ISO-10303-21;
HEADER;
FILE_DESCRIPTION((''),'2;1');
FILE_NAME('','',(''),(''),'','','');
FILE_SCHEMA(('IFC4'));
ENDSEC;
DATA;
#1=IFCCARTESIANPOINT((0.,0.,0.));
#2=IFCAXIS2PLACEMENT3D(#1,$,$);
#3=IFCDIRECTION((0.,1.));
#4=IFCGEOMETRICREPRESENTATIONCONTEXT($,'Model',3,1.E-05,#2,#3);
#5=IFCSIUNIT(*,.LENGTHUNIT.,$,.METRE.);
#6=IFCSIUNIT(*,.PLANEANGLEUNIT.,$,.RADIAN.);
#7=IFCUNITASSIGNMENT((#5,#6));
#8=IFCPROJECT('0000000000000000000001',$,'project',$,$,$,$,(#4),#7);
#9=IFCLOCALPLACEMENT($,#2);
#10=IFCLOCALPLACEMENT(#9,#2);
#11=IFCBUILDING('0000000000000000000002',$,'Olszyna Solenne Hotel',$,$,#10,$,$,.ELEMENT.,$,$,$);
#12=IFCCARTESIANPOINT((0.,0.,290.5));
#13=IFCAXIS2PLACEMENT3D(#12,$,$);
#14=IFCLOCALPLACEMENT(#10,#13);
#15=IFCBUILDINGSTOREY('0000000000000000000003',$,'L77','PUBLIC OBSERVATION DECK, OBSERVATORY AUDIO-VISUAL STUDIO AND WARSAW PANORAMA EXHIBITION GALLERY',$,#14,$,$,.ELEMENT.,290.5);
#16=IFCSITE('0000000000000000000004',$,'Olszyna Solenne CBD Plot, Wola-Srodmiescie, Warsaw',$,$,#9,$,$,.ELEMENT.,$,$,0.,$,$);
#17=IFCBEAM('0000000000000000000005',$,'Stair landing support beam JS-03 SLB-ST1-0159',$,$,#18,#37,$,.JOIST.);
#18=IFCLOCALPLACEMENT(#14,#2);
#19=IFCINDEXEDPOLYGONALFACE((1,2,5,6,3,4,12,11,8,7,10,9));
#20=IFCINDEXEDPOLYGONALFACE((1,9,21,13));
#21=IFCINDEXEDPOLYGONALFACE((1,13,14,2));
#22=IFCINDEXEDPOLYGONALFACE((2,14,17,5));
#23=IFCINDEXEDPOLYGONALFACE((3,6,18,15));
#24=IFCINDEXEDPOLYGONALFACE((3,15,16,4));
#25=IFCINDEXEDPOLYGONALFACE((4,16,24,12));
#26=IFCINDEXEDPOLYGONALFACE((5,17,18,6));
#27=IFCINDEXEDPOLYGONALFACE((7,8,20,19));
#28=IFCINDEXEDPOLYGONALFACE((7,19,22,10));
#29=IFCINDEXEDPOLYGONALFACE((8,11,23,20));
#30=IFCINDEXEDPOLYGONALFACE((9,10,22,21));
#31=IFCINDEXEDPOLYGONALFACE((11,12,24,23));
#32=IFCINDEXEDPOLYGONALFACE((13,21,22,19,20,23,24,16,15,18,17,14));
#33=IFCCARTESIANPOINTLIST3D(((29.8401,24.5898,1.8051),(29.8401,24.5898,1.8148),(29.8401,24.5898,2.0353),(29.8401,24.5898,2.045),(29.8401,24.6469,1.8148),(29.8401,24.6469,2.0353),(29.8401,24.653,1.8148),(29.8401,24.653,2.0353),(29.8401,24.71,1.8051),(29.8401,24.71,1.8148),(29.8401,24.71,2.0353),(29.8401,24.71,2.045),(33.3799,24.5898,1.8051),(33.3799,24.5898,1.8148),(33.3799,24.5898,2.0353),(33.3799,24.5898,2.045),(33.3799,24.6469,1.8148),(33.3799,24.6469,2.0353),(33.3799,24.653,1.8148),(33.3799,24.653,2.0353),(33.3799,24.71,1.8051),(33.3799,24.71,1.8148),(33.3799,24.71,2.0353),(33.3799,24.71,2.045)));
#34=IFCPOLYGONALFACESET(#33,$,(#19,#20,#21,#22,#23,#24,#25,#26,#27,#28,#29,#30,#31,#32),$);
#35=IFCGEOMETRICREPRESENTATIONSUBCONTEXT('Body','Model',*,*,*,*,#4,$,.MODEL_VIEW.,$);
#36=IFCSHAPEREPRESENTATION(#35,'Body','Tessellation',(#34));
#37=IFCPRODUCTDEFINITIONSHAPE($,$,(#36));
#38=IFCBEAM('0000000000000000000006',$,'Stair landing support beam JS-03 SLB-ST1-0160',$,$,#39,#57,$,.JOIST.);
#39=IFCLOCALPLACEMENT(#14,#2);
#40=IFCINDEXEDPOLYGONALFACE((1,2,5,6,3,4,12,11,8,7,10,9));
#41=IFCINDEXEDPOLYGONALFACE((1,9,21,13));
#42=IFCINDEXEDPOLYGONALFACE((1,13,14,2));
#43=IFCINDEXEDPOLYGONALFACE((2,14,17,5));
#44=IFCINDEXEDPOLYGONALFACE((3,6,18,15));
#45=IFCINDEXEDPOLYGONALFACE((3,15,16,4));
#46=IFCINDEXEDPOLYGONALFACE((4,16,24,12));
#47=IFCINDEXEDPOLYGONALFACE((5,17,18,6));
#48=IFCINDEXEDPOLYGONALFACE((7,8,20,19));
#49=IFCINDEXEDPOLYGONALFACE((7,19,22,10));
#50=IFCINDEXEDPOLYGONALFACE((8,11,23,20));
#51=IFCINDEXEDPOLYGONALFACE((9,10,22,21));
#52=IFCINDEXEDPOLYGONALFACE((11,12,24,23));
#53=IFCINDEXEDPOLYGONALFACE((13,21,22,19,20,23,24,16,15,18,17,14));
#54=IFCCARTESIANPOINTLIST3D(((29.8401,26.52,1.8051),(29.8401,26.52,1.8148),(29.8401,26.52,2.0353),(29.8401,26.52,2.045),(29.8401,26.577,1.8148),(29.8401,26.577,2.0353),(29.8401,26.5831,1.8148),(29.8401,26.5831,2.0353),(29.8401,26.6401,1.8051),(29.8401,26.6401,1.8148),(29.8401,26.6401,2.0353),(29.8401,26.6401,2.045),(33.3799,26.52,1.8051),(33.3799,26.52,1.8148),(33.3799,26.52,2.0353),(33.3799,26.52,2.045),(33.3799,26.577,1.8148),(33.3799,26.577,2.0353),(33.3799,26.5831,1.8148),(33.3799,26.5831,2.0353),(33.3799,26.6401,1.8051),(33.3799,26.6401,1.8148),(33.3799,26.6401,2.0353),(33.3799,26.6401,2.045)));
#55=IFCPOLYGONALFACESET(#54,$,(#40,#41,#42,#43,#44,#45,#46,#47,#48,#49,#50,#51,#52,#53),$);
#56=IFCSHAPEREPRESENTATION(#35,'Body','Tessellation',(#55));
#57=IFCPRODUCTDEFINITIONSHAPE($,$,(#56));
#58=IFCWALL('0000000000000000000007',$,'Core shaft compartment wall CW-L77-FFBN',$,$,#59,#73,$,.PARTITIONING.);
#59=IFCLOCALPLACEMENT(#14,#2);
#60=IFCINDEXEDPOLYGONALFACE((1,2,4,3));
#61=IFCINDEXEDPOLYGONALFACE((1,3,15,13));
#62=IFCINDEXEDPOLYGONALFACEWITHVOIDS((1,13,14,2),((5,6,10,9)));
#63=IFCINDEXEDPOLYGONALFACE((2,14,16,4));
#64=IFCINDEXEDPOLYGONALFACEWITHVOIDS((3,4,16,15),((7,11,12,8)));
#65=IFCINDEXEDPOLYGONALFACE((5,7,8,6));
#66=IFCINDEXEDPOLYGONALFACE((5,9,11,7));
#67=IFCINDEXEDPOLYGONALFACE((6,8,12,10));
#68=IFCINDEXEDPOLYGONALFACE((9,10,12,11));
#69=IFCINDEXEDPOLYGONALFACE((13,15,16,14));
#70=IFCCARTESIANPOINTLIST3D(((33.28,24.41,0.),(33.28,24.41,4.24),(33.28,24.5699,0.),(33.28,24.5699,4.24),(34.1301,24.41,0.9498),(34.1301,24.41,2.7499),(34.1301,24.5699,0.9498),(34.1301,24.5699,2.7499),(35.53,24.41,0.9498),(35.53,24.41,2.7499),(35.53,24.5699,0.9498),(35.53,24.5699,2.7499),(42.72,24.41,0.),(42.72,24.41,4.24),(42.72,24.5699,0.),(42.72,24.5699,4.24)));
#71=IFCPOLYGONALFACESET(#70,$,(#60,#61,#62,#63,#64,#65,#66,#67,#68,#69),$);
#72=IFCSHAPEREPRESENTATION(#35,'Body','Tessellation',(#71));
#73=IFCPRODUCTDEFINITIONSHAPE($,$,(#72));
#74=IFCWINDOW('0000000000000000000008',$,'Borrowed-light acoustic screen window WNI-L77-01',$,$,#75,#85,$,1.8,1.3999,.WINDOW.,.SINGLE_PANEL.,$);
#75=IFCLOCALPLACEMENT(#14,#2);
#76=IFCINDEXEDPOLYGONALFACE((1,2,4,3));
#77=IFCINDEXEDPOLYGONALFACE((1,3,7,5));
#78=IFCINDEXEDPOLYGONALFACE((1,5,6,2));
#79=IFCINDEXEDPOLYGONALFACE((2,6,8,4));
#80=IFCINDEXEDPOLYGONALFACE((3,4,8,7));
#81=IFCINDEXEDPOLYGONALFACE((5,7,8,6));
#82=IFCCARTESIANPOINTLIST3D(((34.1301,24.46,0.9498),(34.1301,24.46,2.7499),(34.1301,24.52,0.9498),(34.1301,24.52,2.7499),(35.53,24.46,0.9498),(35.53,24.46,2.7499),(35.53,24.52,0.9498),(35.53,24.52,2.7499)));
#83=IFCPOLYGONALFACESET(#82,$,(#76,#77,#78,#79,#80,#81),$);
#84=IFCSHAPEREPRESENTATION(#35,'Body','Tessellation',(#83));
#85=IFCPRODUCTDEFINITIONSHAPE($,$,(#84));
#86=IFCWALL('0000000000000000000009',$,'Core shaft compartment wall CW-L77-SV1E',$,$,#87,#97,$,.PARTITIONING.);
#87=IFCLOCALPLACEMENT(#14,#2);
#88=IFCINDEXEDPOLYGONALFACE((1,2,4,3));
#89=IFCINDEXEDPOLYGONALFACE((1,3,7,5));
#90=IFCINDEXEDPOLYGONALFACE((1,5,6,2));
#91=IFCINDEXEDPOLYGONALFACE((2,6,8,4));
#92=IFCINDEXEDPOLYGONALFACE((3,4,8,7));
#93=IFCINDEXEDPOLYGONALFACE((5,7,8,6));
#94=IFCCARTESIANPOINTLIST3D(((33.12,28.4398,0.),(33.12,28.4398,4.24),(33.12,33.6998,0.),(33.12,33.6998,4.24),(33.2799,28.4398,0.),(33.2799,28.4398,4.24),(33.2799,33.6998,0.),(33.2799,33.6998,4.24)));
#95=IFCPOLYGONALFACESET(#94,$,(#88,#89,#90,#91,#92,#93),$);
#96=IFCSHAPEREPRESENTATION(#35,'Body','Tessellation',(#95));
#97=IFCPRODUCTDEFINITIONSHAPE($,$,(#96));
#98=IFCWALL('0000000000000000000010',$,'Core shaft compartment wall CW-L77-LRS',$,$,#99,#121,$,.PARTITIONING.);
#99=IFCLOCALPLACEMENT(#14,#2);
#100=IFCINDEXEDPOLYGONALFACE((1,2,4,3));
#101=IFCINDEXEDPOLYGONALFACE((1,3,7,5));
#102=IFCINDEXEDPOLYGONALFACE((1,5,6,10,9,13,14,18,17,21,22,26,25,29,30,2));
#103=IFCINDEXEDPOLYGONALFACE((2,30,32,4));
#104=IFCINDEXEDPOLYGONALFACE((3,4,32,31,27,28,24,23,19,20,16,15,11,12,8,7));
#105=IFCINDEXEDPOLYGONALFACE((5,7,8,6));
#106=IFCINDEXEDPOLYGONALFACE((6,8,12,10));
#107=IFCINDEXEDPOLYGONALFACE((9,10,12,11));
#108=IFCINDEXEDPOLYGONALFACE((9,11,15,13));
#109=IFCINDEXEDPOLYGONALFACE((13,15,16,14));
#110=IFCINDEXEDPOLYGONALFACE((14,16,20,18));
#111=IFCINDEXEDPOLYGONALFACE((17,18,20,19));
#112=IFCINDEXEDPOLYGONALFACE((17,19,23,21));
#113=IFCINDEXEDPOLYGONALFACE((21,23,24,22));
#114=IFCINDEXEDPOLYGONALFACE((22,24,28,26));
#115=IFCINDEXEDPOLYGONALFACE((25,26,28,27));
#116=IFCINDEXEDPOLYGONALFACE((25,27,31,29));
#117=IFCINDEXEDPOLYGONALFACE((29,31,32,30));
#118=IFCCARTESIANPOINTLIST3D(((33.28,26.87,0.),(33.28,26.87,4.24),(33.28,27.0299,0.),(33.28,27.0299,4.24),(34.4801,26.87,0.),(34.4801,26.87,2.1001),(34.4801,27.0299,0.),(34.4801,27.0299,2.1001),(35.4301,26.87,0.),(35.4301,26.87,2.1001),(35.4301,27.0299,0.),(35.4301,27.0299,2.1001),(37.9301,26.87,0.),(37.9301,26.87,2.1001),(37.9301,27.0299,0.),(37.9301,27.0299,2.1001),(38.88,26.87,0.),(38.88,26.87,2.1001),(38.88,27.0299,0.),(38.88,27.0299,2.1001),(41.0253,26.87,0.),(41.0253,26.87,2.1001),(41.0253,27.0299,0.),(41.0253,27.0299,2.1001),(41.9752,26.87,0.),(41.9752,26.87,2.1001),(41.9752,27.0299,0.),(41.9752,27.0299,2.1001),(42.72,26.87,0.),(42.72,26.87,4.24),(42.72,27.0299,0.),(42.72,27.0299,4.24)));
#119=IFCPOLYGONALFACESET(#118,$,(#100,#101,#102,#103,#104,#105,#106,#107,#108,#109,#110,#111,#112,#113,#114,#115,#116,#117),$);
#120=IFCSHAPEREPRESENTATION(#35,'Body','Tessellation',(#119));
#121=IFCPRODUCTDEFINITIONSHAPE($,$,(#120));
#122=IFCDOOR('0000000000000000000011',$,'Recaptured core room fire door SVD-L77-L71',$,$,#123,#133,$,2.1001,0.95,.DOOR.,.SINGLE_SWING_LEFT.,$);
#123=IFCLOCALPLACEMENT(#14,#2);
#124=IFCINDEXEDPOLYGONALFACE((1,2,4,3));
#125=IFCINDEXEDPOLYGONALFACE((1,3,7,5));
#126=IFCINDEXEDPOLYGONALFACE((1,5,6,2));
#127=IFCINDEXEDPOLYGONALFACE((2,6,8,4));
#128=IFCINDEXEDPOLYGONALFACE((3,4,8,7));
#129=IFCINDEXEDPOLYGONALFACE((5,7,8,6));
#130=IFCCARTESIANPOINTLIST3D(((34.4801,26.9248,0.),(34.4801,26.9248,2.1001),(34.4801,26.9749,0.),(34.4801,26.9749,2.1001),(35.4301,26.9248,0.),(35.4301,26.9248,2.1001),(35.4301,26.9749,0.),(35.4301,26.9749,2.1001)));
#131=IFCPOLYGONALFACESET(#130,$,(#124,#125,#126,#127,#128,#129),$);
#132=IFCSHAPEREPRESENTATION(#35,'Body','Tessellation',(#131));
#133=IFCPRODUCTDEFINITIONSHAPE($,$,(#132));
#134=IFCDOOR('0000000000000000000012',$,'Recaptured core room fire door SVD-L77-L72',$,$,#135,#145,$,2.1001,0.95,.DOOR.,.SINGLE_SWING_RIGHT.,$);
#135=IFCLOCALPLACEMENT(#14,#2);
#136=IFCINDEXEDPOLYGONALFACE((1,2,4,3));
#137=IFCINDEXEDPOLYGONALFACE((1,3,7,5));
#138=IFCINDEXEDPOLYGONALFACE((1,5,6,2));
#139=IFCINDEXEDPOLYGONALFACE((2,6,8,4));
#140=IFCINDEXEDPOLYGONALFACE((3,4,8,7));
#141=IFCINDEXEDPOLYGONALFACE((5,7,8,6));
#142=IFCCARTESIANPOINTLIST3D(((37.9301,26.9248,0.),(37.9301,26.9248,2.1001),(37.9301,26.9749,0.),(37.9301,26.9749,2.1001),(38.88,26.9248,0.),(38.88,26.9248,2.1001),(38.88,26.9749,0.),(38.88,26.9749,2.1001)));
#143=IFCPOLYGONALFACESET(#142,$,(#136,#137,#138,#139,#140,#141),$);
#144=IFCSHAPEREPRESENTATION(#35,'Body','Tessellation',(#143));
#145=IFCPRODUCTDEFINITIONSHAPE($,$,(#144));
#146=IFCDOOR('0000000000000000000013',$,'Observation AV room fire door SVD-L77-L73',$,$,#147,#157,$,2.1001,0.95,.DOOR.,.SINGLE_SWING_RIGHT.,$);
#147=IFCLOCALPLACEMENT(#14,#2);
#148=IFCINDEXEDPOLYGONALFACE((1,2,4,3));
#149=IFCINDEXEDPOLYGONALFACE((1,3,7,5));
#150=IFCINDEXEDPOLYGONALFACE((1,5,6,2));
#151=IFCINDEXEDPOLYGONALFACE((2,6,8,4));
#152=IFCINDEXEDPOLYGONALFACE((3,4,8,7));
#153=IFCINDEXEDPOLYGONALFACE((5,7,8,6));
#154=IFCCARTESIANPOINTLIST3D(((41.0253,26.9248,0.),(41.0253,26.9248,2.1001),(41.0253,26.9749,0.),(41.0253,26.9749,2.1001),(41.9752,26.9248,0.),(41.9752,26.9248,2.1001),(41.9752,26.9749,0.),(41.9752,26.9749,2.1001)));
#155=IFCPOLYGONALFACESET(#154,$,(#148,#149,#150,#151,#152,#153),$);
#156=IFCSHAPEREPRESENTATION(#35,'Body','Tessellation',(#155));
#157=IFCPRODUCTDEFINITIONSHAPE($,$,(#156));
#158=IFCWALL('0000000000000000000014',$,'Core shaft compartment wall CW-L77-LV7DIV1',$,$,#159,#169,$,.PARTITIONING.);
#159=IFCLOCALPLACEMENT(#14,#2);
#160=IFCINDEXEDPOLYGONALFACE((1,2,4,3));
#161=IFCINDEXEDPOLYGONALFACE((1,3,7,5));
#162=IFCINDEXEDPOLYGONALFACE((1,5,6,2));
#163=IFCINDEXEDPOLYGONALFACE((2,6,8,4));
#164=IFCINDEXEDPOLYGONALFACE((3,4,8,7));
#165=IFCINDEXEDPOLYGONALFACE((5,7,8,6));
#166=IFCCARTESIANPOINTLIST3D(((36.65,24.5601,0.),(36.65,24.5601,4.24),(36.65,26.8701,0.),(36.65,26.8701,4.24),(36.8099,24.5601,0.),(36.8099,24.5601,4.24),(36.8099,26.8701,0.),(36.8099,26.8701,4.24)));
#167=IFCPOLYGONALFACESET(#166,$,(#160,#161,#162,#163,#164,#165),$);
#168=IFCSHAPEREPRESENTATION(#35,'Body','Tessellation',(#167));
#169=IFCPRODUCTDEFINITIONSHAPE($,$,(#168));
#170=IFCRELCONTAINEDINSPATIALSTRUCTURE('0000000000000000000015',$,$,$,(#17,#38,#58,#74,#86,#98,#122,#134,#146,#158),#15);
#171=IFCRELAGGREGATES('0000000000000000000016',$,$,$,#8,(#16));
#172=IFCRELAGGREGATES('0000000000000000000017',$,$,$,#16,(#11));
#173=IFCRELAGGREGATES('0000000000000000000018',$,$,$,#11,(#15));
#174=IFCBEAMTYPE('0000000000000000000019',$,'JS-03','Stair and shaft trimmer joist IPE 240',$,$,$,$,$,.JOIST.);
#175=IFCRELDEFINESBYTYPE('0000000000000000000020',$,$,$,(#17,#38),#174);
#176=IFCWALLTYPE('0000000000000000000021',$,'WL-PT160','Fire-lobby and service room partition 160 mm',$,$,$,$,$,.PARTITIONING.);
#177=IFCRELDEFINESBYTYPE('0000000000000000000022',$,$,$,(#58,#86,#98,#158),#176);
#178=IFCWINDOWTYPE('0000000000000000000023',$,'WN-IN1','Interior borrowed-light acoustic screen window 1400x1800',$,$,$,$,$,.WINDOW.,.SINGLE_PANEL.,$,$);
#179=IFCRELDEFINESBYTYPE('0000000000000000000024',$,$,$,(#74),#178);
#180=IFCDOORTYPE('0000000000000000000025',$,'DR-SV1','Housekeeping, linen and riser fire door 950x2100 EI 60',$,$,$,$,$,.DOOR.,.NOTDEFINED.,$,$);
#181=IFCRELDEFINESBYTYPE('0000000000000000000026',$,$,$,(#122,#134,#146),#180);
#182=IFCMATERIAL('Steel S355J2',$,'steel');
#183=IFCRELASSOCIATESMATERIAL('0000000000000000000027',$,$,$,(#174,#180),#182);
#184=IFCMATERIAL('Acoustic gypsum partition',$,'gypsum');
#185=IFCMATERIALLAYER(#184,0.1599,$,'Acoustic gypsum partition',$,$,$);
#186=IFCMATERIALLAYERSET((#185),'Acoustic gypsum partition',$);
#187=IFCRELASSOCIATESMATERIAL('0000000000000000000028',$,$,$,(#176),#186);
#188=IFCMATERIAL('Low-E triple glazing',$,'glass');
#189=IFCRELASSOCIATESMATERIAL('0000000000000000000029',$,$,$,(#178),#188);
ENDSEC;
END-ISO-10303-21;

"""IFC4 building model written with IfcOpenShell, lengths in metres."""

from ifc_helpers import new_model, si_unit, direction, frame, frame_2d, origin, origin_2d, place, context, subcontext, project, spatial, rectangle, i_section, extrude, source, transform, mapped, material, layer, layer_set, material_profile, profile_set, type_object, type_shapes, element, fill, save


model = new_model("IFC4")

# Units and contexts
model_context = context("Model", 3, precision=1e-05, world=origin(), true_north=direction((0.0, 1.0)))
body_context = subcontext(model_context, "Body", "Model", "MODEL_VIEW")
ifc_project = project(units=[si_unit("LENGTHUNIT", "METRE"), si_unit("PLANEANGLEUNIT", "RADIAN")], contexts=[model_context])

# Site, building, storey
site_placement = place(None, origin())
site = spatial("IfcSite", under=ifc_project, at=site_placement, Name="Olszyna Solenne CBD Plot, Wola-Srodmiescie, Warsaw", CompositionType="ELEMENT", RefElevation=0.0)
building_placement = place(site_placement, origin())
building = spatial("IfcBuilding", under=site, at=building_placement, Name="Olszyna Solenne Hotel", CompositionType="ELEMENT")
storey_placement = place(building_placement, frame((0.0, 0.0, 290.5)))
storey = spatial("IfcBuildingStorey", under=building, at=storey_placement, Name="L77", Description="PUBLIC OBSERVATION DECK, OBSERVATORY AUDIO-VISUAL STUDIO AND WARSAW PANORAMA EXHIBITION GALLERY", CompositionType="ELEMENT", Elevation=290.5)

# Beams
ifc_material_1 = material(Name="Steel S355J2", Category="steel")
ifc_material_profile = material_profile(ifc_material_1, i_section(OverallWidth=0.1201, OverallDepth=0.24, WebThickness=0.0061, FlangeThickness=0.0098, at=origin_2d()), Name="IPE 240", Category="load-bearing")
ifc_profile_set = profile_set([ifc_material_profile], Name="Steel S355J2")
beam_type = type_object("IfcBeamType", Name="JS-03", Description="Stair and shaft trimmer joist IPE 240", PredefinedType="JOIST", material=ifc_profile_set)
shared_shape_1 = source(origin(), body_context, "Body", "SweptSolid", [
    extrude(i_section(OverallWidth=0.1201, OverallDepth=0.24, WebThickness=0.0061, FlangeThickness=0.0098, at=origin_2d()), origin(), (0.0, 0.0, 1.0), 3.5398),
])
for number, where, z_axis, x_axis, name in (
    (1, (33.3799, 24.6499, 1.925), (-1.0, 0.0, 0.0), (0.0, -1.0, 0.0), "Stair landing support beam JS-03 SLB-ST1-0159"),
    (2, (33.3799, 26.5801, 1.925), (-1.0, 0.0, 0.0), (0.0, -1.0, 0.0), "Stair landing support beam JS-03 SLB-ST1-0160"),
):
    element("IfcBeam", number, at=place(storey_placement, frame(where, z_axis=z_axis, x_axis=x_axis)), inside=storey, type_object=beam_type, Name=name, PredefinedType="JOIST", context=body_context, shape_type="MappedRepresentation", body=[
        mapped(shared_shape_1, transform((0.0, 0.0, 0.0), x_axis=(1.0, 0.0, 0.0), y_axis=(0.0, 1.0, 0.0), z_axis=(0.0, 0.0, 1.0), scale=1.0)),
    ])

# Wall, opening, window
ifc_material_2 = material(Name="Acoustic gypsum partition", Category="gypsum")
ifc_layer = layer(ifc_material_2, 0.1599, Name="Acoustic gypsum partition")
ifc_layer_set = layer_set([ifc_layer], Name="Acoustic gypsum partition")
wall_type = type_object("IfcWallType", Name="WL-PT160", Description="Fire-lobby and service room partition 160 mm", PredefinedType="PARTITIONING", material=ifc_layer_set)
wall_1_placement = place(storey_placement, frame((33.28, 24.49, 0.0), z_axis=(0.0, 0.0, 1.0), x_axis=(1.0, 0.0, 0.0)))
wall_1 = element("IfcWall", 3, at=wall_1_placement, inside=storey, type_object=wall_type, Name="Core shaft compartment wall CW-L77-FFBN", PredefinedType="PARTITIONING", context=body_context, shape_type="SweptSolid", body=[
    extrude(rectangle(XDim=9.4399, YDim=0.1599, at=frame_2d((4.72, 0.0))), origin(), (0.0, 0.0, 1.0), 4.24),
])
opening_1_placement = place(wall_1_placement, frame((0.8501, 0.0, 0.95)))
opening_1 = element("IfcOpeningElement", 4, at=opening_1_placement, cuts=wall_1, PredefinedType="OPENING", context=body_context, shape_type="SweptSolid", body=[
    extrude(rectangle(XDim=1.3999, YDim=1.8, at=frame_2d((0.7, 0.8999))), frame((0.0, 0.0898, 0.0), z_axis=(0.0, -1.0, 0.0), x_axis=(1.0, 0.0, 0.0)), (0.0, 0.0, 1.0), 0.1799),
])
ifc_material_3 = material(Name="Low-E triple glazing", Category="glass")
window_type = type_object("IfcWindowType", Name="WN-IN1", Description="Interior borrowed-light acoustic screen window 1400x1800", PartitioningType="SINGLE_PANEL", PredefinedType="WINDOW", material=ifc_material_3)
shared_shape_2 = source(origin(), body_context, "Body", "SweptSolid", [
    extrude(rectangle(XDim=1.3999, YDim=1.8, at=frame_2d((0.7, 0.8999))), frame((0.0, 0.03, 0.0), z_axis=(0.0, -1.0, 0.0), x_axis=(1.0, 0.0, 0.0)), (0.0, 0.0, 1.0), 0.0601),
])
type_shapes(window_type, [shared_shape_2])
window_placement = place(opening_1_placement, origin())
window = element("IfcWindow", 5, at=window_placement, inside=storey, type_object=window_type, Name="Borrowed-light acoustic screen window WNI-L77-01", OverallHeight=1.8, OverallWidth=1.3999, PartitioningType="SINGLE_PANEL", PredefinedType="WINDOW", context=body_context, shape_type="MappedRepresentation", body=[
    mapped(shared_shape_2, transform((0.0, 0.0, 0.0), x_axis=(1.0, 0.0, 0.0), y_axis=(0.0, 1.0, 0.0), z_axis=(0.0, 0.0, 1.0), scale=1.0)),
])
fill(opening_1, window)

# Wall
wall_2_placement = place(storey_placement, frame((33.2, 28.4399, 0.0), z_axis=(0.0, 0.0, 1.0), x_axis=(0.0, 1.0, 0.0)))
element("IfcWall", 6, at=wall_2_placement, inside=storey, type_object=wall_type, Name="Core shaft compartment wall CW-L77-SV1E", PredefinedType="PARTITIONING", context=body_context, shape_type="SweptSolid", body=[
    extrude(rectangle(XDim=5.26, YDim=0.1599, at=frame_2d((2.6299, 0.0))), origin(), (0.0, 0.0, 1.0), 4.24),
])

# Wall, openings, doors
wall_3_placement = place(storey_placement, frame((33.28, 26.95, 0.0), z_axis=(0.0, 0.0, 1.0), x_axis=(1.0, 0.0, 0.0)))
wall_3 = element("IfcWall", 7, at=wall_3_placement, inside=storey, type_object=wall_type, Name="Core shaft compartment wall CW-L77-LRS", PredefinedType="PARTITIONING", context=body_context, shape_type="SweptSolid", body=[
    extrude(rectangle(XDim=9.4399, YDim=0.1599, at=frame_2d((4.72, 0.0))), origin(), (0.0, 0.0, 1.0), 4.24),
])
opening_2_placement = place(wall_3_placement, frame((1.2, 0.0, 0.0)))
opening_2 = element("IfcOpeningElement", 8, at=opening_2_placement, cuts=wall_3, PredefinedType="OPENING", context=body_context, shape_type="SweptSolid", body=[
    extrude(rectangle(XDim=0.95, YDim=2.1001, at=frame_2d((0.4751, 1.05))), frame((0.0, 0.0898, 0.0), z_axis=(0.0, -1.0, 0.0), x_axis=(1.0, 0.0, 0.0)), (0.0, 0.0, 1.0), 0.1799),
])
opening_3_placement = place(wall_3_placement, frame((4.6499, 0.0, 0.0)))
opening_3 = element("IfcOpeningElement", 9, at=opening_3_placement, cuts=wall_3, PredefinedType="OPENING", context=body_context, shape_type="SweptSolid", body=[
    extrude(rectangle(XDim=0.95, YDim=2.1001, at=frame_2d((0.4751, 1.05))), frame((0.0, 0.0898, 0.0), z_axis=(0.0, -1.0, 0.0), x_axis=(1.0, 0.0, 0.0)), (0.0, 0.0, 1.0), 0.1799),
])
opening_4_placement = place(wall_3_placement, frame((7.7451, 0.0, 0.0)))
opening_4 = element("IfcOpeningElement", 10, at=opening_4_placement, cuts=wall_3, PredefinedType="OPENING", context=body_context, shape_type="SweptSolid", body=[
    extrude(rectangle(XDim=0.95, YDim=2.1001, at=frame_2d((0.4751, 1.05))), frame((0.0, 0.0898, 0.0), z_axis=(0.0, -1.0, 0.0), x_axis=(1.0, 0.0, 0.0)), (0.0, 0.0, 1.0), 0.1799),
])
door_type_1 = type_object("IfcDoorType", Name="DR-SV1", Description="Housekeeping, linen and riser fire door 950x2100 EI 60", OperationType="NOTDEFINED", PredefinedType="DOOR", material=ifc_material_1)
shared_shape_3 = source(origin(), body_context, "Body", "SweptSolid", [
    extrude(rectangle(XDim=0.95, YDim=2.1001, at=frame_2d((0.4751, 1.05))), frame((0.0, 0.0249, 0.0), z_axis=(0.0, -1.0, 0.0), x_axis=(1.0, 0.0, 0.0)), (0.0, 0.0, 1.0), 0.05),
])
type_shapes(door_type_1, [shared_shape_3])
door_1_placement = place(opening_2_placement, origin())
door_1 = element("IfcDoor", 11, at=door_1_placement, inside=storey, type_object=door_type_1, Name="Recaptured core room fire door SVD-L77-L71", OperationType="SINGLE_SWING_LEFT", OverallHeight=2.1001, OverallWidth=0.95, PredefinedType="DOOR", context=body_context, shape_type="MappedRepresentation", body=[
    mapped(shared_shape_3, transform((0.0, 0.0, 0.0), x_axis=(1.0, 0.0, 0.0), y_axis=(0.0, 1.0, 0.0), z_axis=(0.0, 0.0, 1.0), scale=1.0)),
])
fill(opening_2, door_1)
door_2_placement = place(opening_3_placement, origin())
door_2 = element("IfcDoor", 12, at=door_2_placement, inside=storey, type_object=door_type_1, Name="Recaptured core room fire door SVD-L77-L72", OperationType="SINGLE_SWING_RIGHT", OverallHeight=2.1001, OverallWidth=0.95, PredefinedType="DOOR", context=body_context, shape_type="MappedRepresentation", body=[
    mapped(shared_shape_3, transform((0.0, 0.0, 0.0), x_axis=(1.0, 0.0, 0.0), y_axis=(0.0, 1.0, 0.0), z_axis=(0.0, 0.0, 1.0), scale=1.0)),
])
fill(opening_3, door_2)
door_3_placement = place(opening_4_placement, origin())
door_3 = element("IfcDoor", 13, at=door_3_placement, inside=storey, type_object=door_type_1, Name="Observation AV room fire door SVD-L77-L73", OperationType="SINGLE_SWING_RIGHT", OverallHeight=2.1001, OverallWidth=0.95, PredefinedType="DOOR", context=body_context, shape_type="MappedRepresentation", body=[
    mapped(shared_shape_3, transform((0.0, 0.0, 0.0), x_axis=(1.0, 0.0, 0.0), y_axis=(0.0, 1.0, 0.0), z_axis=(0.0, 0.0, 1.0), scale=1.0)),
])
fill(opening_4, door_3)

# Wall
for number, where, z_axis, x_axis, name in (
    (14, (36.73, 24.5601, 0.0), (0.0, 0.0, 1.0), (0.0, 1.0, 0.0), "Core shaft compartment wall CW-L77-LV7DIV1"),
):
    element("IfcWall", number, at=place(storey_placement, frame(where, z_axis=z_axis, x_axis=x_axis)), inside=storey, type_object=wall_type, Name=name, PredefinedType="PARTITIONING", context=body_context, shape_type="SweptSolid", body=[
        extrude(rectangle(XDim=2.3101, YDim=0.1599, at=frame_2d((1.155, 0.0))), origin(), (0.0, 0.0, 1.0), 4.24),
    ])

save(model, "model.ifc")
